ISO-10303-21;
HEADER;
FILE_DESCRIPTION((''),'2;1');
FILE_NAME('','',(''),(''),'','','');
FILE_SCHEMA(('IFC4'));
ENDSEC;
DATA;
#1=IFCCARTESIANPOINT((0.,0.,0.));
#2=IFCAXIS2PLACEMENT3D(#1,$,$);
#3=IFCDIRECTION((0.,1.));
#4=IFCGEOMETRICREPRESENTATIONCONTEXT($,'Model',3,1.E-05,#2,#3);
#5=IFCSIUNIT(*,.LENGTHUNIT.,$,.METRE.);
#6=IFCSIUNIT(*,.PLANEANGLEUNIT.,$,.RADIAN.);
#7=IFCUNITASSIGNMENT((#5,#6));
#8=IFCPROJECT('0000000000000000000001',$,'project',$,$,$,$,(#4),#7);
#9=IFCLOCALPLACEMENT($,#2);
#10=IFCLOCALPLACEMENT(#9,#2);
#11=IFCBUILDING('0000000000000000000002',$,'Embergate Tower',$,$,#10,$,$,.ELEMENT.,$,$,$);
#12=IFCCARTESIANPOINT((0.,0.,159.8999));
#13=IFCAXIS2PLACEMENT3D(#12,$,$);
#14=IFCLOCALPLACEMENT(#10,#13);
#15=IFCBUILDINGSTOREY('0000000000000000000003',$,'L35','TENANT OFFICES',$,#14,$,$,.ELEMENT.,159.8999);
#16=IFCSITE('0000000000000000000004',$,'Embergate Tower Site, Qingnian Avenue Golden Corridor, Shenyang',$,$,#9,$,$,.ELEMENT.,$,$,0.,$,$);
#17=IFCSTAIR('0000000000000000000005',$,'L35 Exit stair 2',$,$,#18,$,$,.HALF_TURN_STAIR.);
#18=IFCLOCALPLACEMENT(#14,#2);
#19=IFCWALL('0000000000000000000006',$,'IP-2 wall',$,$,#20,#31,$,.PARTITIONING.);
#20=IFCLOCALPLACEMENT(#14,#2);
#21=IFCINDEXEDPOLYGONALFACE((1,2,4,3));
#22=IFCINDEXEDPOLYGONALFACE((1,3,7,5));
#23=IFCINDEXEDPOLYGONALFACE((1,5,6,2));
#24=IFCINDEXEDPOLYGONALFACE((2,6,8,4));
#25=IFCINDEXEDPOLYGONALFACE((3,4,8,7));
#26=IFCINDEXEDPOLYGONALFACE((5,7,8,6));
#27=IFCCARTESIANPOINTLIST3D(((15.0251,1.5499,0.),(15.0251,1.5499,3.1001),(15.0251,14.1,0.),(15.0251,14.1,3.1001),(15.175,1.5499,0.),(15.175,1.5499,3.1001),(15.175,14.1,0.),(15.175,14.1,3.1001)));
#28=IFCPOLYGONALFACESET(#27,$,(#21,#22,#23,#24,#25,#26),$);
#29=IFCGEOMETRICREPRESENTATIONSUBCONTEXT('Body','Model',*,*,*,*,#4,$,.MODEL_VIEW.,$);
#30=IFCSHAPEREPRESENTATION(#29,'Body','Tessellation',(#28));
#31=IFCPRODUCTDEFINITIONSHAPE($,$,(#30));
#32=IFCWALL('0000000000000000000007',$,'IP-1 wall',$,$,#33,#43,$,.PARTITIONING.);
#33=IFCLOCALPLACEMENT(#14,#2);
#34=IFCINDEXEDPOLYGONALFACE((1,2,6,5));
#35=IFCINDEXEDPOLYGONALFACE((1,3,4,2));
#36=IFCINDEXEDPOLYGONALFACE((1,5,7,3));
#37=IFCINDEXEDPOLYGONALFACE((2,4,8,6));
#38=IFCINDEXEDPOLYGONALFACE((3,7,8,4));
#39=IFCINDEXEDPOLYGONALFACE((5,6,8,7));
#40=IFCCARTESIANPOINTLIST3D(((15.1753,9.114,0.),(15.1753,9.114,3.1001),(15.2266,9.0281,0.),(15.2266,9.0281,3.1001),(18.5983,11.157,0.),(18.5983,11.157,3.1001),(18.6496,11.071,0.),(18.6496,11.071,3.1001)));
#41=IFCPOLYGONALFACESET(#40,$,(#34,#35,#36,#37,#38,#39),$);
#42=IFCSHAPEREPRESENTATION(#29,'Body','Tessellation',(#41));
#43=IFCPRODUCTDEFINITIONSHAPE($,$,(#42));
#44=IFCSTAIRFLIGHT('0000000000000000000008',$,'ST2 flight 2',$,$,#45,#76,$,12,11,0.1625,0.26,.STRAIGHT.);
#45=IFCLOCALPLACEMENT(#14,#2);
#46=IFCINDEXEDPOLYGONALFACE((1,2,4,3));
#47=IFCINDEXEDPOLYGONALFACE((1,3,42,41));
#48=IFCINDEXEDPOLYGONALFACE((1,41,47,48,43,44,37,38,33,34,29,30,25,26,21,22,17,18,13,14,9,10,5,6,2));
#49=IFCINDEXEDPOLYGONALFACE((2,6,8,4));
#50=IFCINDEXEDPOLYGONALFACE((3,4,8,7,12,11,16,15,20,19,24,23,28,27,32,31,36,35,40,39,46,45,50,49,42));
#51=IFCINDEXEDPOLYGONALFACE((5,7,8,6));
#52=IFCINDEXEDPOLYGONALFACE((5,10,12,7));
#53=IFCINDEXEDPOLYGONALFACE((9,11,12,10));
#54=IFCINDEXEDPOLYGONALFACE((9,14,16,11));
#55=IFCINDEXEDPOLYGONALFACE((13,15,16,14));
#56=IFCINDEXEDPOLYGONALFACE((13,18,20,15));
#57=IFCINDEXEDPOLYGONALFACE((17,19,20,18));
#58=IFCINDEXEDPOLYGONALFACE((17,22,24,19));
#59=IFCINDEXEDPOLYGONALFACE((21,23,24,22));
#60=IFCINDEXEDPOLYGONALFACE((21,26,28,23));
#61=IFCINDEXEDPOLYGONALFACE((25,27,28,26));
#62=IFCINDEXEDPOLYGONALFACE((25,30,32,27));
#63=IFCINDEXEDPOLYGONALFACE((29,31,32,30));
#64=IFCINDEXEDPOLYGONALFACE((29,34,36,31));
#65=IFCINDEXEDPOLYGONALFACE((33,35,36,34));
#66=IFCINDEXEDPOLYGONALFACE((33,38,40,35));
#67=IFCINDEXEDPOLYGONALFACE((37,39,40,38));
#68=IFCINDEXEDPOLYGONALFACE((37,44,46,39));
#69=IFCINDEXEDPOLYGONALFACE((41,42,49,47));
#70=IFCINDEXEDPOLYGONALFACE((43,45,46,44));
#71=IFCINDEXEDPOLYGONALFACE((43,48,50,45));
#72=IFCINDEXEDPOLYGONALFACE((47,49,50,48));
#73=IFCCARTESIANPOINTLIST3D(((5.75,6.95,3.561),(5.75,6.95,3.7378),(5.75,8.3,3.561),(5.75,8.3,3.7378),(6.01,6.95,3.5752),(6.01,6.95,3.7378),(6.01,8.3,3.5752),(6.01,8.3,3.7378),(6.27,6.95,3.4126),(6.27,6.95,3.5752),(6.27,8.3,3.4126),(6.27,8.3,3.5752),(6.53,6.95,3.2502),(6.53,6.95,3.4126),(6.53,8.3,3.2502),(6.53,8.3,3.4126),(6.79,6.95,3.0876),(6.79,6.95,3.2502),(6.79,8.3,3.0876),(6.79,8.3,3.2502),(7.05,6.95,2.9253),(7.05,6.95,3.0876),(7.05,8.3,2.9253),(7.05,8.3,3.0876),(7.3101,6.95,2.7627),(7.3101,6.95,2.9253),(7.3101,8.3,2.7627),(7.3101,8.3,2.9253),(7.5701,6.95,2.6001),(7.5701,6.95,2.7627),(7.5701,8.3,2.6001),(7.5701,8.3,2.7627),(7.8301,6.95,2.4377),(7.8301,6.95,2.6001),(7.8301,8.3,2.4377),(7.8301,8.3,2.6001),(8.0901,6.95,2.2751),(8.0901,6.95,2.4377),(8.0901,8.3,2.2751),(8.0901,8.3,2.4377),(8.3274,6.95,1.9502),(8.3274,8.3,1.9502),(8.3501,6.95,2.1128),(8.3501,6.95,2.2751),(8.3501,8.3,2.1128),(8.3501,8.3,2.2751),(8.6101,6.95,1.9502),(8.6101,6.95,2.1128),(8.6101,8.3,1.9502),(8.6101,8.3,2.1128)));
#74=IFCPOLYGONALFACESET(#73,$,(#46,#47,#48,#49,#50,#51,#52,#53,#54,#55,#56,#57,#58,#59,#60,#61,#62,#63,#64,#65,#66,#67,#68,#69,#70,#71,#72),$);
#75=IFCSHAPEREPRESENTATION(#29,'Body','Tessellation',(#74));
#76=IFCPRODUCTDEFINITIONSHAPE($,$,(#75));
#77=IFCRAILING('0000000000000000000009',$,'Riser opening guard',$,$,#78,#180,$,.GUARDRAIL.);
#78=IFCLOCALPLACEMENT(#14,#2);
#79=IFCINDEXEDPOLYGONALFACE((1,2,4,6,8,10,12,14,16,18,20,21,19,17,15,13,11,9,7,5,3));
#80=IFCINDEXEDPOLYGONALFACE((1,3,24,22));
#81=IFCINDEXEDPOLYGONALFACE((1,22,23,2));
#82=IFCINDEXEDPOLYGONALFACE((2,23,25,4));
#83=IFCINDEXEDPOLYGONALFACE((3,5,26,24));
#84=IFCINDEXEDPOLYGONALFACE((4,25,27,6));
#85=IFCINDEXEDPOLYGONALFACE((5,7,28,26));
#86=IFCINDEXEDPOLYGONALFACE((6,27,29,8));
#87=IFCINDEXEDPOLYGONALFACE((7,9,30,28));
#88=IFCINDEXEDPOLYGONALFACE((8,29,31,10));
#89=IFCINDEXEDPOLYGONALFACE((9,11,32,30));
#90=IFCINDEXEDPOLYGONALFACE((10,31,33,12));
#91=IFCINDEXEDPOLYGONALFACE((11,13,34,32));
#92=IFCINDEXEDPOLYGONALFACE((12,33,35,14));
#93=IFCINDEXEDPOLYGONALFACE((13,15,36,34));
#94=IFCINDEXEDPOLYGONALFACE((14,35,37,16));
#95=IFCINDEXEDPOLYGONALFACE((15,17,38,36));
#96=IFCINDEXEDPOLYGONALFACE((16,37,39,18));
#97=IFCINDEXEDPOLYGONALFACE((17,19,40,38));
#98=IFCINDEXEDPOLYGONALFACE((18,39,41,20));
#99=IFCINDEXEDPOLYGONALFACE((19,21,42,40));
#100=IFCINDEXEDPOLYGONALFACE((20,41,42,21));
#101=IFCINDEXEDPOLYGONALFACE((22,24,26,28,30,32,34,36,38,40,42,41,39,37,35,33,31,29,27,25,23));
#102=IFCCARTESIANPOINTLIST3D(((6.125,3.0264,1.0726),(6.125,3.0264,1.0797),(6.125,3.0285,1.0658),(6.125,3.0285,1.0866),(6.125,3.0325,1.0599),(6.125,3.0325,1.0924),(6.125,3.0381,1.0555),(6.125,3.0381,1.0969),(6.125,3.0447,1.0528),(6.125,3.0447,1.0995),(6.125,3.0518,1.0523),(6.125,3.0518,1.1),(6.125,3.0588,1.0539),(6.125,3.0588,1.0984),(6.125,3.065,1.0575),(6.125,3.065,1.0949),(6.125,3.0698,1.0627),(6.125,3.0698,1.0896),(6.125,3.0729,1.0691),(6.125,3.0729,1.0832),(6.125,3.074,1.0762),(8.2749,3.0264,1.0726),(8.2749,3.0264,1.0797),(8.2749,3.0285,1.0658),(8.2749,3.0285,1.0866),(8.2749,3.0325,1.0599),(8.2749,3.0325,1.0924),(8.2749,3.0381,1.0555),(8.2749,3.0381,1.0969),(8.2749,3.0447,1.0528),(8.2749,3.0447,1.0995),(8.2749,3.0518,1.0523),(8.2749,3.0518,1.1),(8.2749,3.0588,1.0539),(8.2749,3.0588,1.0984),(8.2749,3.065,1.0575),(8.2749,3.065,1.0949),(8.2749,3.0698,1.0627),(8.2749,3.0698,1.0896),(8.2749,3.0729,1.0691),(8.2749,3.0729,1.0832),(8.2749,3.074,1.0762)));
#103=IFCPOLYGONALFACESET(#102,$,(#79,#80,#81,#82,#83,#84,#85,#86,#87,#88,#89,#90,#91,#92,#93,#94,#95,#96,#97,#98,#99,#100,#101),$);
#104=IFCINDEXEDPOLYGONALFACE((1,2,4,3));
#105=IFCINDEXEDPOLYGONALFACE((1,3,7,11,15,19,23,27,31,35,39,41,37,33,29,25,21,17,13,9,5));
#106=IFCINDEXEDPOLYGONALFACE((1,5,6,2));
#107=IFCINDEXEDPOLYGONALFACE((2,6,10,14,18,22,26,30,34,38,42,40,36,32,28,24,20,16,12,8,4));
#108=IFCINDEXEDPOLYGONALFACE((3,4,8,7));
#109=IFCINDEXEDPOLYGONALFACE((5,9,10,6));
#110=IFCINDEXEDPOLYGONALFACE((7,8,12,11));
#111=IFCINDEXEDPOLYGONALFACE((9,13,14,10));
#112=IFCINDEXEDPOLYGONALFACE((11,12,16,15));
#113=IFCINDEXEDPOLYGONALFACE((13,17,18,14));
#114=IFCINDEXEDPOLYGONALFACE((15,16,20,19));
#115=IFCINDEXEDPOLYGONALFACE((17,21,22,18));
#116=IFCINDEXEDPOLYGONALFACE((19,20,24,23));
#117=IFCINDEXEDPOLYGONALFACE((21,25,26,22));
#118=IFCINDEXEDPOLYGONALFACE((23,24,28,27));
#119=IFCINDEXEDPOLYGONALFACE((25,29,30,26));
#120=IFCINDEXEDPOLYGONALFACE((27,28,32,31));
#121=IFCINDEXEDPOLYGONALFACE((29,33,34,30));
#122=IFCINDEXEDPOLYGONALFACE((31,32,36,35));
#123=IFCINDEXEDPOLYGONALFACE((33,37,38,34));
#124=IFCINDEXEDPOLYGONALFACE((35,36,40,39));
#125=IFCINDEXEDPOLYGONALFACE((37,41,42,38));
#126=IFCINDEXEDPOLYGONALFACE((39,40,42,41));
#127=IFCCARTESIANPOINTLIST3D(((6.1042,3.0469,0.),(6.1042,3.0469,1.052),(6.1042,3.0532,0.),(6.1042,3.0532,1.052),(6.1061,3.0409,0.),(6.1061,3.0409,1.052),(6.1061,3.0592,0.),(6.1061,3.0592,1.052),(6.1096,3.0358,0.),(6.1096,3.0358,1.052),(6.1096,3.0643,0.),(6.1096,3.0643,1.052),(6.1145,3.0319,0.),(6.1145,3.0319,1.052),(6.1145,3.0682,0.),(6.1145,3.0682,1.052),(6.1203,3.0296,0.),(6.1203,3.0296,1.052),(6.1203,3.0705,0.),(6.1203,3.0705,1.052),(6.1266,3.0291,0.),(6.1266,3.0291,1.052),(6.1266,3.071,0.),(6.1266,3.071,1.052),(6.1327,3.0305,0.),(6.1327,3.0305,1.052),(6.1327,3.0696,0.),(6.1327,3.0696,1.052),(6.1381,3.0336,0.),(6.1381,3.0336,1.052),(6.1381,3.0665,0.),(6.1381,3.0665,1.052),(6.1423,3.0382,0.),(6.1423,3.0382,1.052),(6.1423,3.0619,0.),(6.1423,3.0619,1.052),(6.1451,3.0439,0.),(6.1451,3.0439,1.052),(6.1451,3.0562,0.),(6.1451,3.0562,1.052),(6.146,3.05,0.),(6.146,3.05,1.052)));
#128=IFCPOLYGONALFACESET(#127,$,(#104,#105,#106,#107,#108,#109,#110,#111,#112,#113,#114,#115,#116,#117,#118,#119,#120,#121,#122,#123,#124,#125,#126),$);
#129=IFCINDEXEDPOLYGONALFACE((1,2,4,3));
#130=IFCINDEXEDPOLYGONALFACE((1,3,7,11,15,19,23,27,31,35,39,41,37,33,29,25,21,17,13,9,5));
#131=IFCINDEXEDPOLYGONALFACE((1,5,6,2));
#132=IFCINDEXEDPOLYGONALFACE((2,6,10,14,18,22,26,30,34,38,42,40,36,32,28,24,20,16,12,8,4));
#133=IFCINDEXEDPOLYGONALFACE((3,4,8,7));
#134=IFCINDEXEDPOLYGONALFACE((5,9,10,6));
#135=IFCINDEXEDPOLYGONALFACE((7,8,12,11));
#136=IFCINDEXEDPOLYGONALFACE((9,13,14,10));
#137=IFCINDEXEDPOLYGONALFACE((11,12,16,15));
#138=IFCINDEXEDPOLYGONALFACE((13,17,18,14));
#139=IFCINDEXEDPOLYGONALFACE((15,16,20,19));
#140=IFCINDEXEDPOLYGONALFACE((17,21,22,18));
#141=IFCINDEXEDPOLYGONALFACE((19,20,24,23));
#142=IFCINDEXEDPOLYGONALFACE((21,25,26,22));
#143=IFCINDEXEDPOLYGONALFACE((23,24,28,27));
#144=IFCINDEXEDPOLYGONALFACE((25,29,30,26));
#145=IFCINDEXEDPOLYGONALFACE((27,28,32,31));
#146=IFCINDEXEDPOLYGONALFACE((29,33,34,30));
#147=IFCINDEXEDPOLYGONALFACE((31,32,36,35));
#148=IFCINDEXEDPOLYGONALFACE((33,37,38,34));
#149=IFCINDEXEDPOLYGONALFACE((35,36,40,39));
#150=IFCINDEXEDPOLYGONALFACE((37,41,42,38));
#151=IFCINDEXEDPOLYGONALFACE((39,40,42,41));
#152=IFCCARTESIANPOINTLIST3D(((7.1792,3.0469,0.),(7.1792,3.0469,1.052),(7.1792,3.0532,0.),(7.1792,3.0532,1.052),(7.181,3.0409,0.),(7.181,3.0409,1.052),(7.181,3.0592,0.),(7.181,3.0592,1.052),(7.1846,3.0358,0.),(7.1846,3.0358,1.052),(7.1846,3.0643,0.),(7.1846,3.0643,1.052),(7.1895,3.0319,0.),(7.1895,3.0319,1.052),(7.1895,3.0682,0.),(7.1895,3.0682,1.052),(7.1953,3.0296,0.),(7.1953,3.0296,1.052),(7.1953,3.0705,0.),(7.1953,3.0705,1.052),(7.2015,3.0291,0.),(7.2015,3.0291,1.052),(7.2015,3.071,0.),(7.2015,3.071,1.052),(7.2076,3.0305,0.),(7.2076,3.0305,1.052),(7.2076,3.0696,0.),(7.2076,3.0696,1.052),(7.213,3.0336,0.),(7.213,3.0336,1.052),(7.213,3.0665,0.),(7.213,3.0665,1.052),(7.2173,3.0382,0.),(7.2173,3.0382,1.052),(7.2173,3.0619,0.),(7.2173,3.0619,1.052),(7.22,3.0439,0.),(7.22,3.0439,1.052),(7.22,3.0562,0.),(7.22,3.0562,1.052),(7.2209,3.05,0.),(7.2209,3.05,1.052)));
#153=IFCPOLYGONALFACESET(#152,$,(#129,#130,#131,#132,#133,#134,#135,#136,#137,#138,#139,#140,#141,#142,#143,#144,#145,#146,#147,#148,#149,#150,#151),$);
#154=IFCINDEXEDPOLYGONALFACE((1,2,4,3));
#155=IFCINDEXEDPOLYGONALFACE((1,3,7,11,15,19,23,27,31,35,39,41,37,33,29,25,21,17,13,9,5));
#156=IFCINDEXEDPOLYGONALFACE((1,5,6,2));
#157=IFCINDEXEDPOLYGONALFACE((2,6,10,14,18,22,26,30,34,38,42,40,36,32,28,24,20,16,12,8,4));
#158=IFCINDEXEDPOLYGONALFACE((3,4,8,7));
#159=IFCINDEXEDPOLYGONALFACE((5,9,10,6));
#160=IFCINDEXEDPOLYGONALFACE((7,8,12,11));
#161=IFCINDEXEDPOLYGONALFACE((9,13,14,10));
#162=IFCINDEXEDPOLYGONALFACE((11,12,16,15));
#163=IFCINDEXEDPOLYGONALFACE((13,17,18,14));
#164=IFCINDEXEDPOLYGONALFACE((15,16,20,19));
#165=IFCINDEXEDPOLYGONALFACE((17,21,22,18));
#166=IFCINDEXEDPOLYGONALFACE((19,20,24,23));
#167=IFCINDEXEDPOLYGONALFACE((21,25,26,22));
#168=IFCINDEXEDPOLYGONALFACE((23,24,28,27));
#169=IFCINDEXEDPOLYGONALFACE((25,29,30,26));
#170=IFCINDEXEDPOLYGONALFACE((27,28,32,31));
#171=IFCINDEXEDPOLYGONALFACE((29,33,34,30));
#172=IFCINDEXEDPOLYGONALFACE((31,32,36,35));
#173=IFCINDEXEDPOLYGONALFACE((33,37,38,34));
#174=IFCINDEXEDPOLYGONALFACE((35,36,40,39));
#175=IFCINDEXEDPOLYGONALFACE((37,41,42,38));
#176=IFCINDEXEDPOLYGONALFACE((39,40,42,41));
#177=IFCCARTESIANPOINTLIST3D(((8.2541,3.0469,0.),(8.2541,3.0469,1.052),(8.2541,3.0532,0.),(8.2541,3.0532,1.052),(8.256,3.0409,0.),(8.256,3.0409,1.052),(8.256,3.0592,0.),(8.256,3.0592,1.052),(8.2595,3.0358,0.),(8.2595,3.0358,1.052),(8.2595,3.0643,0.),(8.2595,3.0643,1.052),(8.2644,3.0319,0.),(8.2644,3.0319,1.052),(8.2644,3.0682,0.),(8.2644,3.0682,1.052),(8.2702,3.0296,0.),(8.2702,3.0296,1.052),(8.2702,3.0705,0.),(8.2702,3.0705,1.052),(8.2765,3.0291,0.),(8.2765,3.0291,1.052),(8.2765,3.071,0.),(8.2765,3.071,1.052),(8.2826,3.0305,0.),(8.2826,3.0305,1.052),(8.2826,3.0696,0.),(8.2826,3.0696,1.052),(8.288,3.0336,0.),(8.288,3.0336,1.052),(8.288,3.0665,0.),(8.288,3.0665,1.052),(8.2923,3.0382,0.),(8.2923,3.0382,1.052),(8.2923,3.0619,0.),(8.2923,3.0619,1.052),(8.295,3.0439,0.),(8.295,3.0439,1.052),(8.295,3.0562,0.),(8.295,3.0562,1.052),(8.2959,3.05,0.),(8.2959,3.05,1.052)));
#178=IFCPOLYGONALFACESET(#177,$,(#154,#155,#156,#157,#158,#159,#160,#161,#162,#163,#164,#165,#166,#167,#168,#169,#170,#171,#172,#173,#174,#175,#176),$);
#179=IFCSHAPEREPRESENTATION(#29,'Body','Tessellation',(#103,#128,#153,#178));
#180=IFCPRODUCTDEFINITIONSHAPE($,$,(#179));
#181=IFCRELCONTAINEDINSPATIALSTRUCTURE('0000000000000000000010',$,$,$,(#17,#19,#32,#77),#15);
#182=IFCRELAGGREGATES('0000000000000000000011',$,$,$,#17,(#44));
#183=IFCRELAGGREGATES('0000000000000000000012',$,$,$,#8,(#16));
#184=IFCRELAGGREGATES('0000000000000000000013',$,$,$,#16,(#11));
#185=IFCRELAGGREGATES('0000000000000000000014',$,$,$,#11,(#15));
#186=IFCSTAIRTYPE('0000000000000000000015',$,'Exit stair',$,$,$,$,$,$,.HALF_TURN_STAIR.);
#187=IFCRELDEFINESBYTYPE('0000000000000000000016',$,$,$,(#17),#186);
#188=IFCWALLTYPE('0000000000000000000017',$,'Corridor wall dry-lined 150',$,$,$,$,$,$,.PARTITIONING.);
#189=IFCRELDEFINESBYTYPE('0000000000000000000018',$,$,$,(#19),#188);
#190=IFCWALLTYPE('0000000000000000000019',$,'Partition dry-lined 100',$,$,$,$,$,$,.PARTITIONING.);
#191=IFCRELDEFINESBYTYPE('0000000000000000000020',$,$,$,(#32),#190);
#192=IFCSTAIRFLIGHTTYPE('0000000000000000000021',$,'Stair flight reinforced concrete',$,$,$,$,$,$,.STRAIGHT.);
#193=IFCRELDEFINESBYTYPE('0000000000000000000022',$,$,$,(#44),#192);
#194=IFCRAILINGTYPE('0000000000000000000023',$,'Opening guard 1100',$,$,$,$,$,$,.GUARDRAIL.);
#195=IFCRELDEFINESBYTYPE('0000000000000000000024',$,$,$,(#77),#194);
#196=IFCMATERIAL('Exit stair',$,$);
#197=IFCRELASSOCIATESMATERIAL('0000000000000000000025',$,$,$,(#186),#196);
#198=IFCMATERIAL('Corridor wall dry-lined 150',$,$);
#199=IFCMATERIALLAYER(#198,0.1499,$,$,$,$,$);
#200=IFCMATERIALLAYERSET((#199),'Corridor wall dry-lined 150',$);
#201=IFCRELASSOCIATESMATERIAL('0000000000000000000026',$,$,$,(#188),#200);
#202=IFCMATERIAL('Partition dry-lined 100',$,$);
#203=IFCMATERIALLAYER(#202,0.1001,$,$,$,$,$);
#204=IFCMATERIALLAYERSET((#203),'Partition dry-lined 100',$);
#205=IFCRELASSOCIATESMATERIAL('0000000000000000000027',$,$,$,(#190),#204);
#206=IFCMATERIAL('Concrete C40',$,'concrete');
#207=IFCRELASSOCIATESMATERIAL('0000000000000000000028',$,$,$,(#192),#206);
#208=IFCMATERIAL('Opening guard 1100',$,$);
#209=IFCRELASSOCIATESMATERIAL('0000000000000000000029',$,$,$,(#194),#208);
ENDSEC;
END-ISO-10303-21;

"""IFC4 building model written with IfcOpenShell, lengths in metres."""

from ifc_helpers import new_model, si_unit, direction, frame, frame_2d, origin, origin_2d, place, context, subcontext, project, spatial, polyline, rectangle, circle, outline, extrude, source, transform, mapped, material, layer, layer_set, type_object, element, aggregate, save


model = new_model("IFC4")

# Units and contexts
model_context = context("Model", 3, precision=1e-05, world=origin(), true_north=direction((0.0, 1.0)))
body_context = subcontext(model_context, "Body", "Model", "MODEL_VIEW")
ifc_project = project(units=[si_unit("LENGTHUNIT", "METRE"), si_unit("PLANEANGLEUNIT", "RADIAN")], contexts=[model_context])

# Site, building, storey
site_placement = place(None, origin())
site = spatial("IfcSite", under=ifc_project, at=site_placement, Name="Embergate Tower Site, Qingnian Avenue Golden Corridor, Shenyang", CompositionType="ELEMENT", RefElevation=0.0)
building_placement = place(site_placement, origin())
building = spatial("IfcBuilding", under=site, at=building_placement, Name="Embergate Tower", CompositionType="ELEMENT")
storey_placement = place(building_placement, frame((0.0, 0.0, 159.8999)))
storey = spatial("IfcBuildingStorey", under=building, at=storey_placement, Name="L35", Description="TENANT OFFICES", CompositionType="ELEMENT", Elevation=159.8999)

# Stair
ifc_material_1 = material(Name="Exit stair")
stair_type = type_object("IfcStairType", Name="Exit stair", PredefinedType="HALF_TURN_STAIR", material=ifc_material_1)
stair_placement = place(storey_placement, origin())
stair = element("IfcStair", 1, at=stair_placement, inside=storey, type_object=stair_type, Name="L35 Exit stair 2", PredefinedType="HALF_TURN_STAIR")
ifc_material_2 = material(Name="Concrete C40", Category="concrete")

# Walls
ifc_material_3 = material(Name="Corridor wall dry-lined 150")
ifc_layer_1 = layer(ifc_material_3, 0.1499)
ifc_layer_set_1 = layer_set([ifc_layer_1], Name="Corridor wall dry-lined 150")
wall_type_1 = type_object("IfcWallType", Name="Corridor wall dry-lined 150", PredefinedType="PARTITIONING", material=ifc_layer_set_1)
shared_shape_1 = source(origin(), body_context, "Body", "SweptSolid", [
    extrude(rectangle(XDim=12.55, YDim=0.1499, at=frame_2d((6.2749, 0.0))), origin(), (0.0, 0.0, 1.0), 3.1001),
])
wall_1_placement = place(storey_placement, frame((15.1001, 1.55, 0.0), z_axis=(0.0, 0.0, 1.0), x_axis=(0.0, 1.0, 0.0)))
element("IfcWall", 2, at=wall_1_placement, inside=storey, type_object=wall_type_1, Name="IP-2 wall", PredefinedType="PARTITIONING", context=body_context, shape_type="MappedRepresentation", body=[
    mapped(shared_shape_1, transform((0.0, 0.0, 0.0))),
])
ifc_material_4 = material(Name="Partition dry-lined 100")
ifc_layer_2 = layer(ifc_material_4, 0.1001)
ifc_layer_set_2 = layer_set([ifc_layer_2], Name="Partition dry-lined 100")
wall_type_2 = type_object("IfcWallType", Name="Partition dry-lined 100", PredefinedType="PARTITIONING", material=ifc_layer_set_2)
shared_shape_2 = source(origin(), body_context, "Body", "SweptSolid", [
    extrude(rectangle(XDim=3.9863, YDim=0.1001, at=frame_2d((1.9932, 0.0))), origin(), (0.0, 0.0, 1.0), 3.1001),
])
wall_2_placement = place(storey_placement, frame((15.2009, 9.071, 0.0), z_axis=(0.0, 0.0, 1.0), x_axis=(0.858696, 0.512486, 0.0)))
element("IfcWall", 3, at=wall_2_placement, inside=storey, type_object=wall_type_2, Name="IP-1 wall", PredefinedType="PARTITIONING", context=body_context, shape_type="MappedRepresentation", body=[
    mapped(shared_shape_2, transform((0.0, 0.0, 0.0))),
])

# Stair flight
stair_flight_type = type_object("IfcStairFlightType", Name="Stair flight reinforced concrete", PredefinedType="STRAIGHT", material=ifc_material_2)
shared_shape_3 = source(origin(), body_context, "Body", "SweptSolid", [
    extrude(outline(polyline([(0.0, 0.0), (0.0, 0.1626), (0.26, 0.1626), (0.26, 0.325), (0.52, 0.325), (0.52, 0.4875), (0.78, 0.4875), (0.78, 0.6499), (1.04, 0.6499), (1.04, 0.8125), (1.3, 0.8125), (1.3, 0.9751), (1.5601, 0.9751), (1.5601, 1.1375), (1.8201, 1.1375), (1.8201, 1.3), (2.0801, 1.3), (2.0801, 1.4624), (2.3401, 1.4624), (2.3401, 1.625), (2.6001, 1.625), (2.6001, 1.7876), (2.8601, 1.7876), (2.8601, 1.95), (2.8601, 1.6108), (0.2827, 0.0), (0.0, 0.0)])), frame((0.0, 0.675, 0.0), z_axis=(0.0, -1.0, 0.0), x_axis=(1.0, 0.0, 0.0)), (0.0, 0.0, 1.0), 1.3501),
])
stair_flight_placement = place(storey_placement, frame((8.6101, 7.625, 1.9502), z_axis=(0.0, 0.0, 1.0), x_axis=(-1.0, 0.0, 0.0)))
stair_flight = element("IfcStairFlight", 4, at=stair_flight_placement, type_object=stair_flight_type, Name="ST2 flight 2", NumberOfRisers=12, NumberOfTreads=11, PredefinedType="STRAIGHT", RiserHeight=0.1625, TreadLength=0.26, context=body_context, shape_type="MappedRepresentation", body=[
    mapped(shared_shape_3, transform((0.0, 0.0, 0.0))),
])
aggregate(stair, [stair_flight])

# Railing
ifc_material_5 = material(Name="Opening guard 1100")
railing_type = type_object("IfcRailingType", Name="Opening guard 1100", PredefinedType="GUARDRAIL", material=ifc_material_5)
shared_shape_4 = source(origin(), body_context, "Body", "SweptSolid", [
    extrude(circle(Radius=0.0239, at=origin_2d()), frame((0.0, 0.0, 1.0762), z_axis=(1.0, 0.0, 0.0), x_axis=(0.0, 1.0, 0.0)), (0.0, 0.0, 1.0), 2.1499),
    extrude(circle(Radius=0.021, at=origin_2d()), origin(), (0.0, 0.0, 1.0), 1.052),
    extrude(circle(Radius=0.021, at=origin_2d()), frame((1.075, 0.0, 0.0)), (0.0, 0.0, 1.0), 1.052),
    extrude(circle(Radius=0.021, at=origin_2d()), frame((2.1499, 0.0, 0.0)), (0.0, 0.0, 1.0), 1.052),
])
railing_placement = place(storey_placement, frame((6.125, 3.05, 0.0)))
element("IfcRailing", 5, at=railing_placement, inside=storey, type_object=railing_type, Name="Riser opening guard", PredefinedType="GUARDRAIL", context=body_context, shape_type="MappedRepresentation", body=[
    mapped(shared_shape_4, transform((0.0, 0.0, 0.0))),
])

save(model, "model.ifc")
